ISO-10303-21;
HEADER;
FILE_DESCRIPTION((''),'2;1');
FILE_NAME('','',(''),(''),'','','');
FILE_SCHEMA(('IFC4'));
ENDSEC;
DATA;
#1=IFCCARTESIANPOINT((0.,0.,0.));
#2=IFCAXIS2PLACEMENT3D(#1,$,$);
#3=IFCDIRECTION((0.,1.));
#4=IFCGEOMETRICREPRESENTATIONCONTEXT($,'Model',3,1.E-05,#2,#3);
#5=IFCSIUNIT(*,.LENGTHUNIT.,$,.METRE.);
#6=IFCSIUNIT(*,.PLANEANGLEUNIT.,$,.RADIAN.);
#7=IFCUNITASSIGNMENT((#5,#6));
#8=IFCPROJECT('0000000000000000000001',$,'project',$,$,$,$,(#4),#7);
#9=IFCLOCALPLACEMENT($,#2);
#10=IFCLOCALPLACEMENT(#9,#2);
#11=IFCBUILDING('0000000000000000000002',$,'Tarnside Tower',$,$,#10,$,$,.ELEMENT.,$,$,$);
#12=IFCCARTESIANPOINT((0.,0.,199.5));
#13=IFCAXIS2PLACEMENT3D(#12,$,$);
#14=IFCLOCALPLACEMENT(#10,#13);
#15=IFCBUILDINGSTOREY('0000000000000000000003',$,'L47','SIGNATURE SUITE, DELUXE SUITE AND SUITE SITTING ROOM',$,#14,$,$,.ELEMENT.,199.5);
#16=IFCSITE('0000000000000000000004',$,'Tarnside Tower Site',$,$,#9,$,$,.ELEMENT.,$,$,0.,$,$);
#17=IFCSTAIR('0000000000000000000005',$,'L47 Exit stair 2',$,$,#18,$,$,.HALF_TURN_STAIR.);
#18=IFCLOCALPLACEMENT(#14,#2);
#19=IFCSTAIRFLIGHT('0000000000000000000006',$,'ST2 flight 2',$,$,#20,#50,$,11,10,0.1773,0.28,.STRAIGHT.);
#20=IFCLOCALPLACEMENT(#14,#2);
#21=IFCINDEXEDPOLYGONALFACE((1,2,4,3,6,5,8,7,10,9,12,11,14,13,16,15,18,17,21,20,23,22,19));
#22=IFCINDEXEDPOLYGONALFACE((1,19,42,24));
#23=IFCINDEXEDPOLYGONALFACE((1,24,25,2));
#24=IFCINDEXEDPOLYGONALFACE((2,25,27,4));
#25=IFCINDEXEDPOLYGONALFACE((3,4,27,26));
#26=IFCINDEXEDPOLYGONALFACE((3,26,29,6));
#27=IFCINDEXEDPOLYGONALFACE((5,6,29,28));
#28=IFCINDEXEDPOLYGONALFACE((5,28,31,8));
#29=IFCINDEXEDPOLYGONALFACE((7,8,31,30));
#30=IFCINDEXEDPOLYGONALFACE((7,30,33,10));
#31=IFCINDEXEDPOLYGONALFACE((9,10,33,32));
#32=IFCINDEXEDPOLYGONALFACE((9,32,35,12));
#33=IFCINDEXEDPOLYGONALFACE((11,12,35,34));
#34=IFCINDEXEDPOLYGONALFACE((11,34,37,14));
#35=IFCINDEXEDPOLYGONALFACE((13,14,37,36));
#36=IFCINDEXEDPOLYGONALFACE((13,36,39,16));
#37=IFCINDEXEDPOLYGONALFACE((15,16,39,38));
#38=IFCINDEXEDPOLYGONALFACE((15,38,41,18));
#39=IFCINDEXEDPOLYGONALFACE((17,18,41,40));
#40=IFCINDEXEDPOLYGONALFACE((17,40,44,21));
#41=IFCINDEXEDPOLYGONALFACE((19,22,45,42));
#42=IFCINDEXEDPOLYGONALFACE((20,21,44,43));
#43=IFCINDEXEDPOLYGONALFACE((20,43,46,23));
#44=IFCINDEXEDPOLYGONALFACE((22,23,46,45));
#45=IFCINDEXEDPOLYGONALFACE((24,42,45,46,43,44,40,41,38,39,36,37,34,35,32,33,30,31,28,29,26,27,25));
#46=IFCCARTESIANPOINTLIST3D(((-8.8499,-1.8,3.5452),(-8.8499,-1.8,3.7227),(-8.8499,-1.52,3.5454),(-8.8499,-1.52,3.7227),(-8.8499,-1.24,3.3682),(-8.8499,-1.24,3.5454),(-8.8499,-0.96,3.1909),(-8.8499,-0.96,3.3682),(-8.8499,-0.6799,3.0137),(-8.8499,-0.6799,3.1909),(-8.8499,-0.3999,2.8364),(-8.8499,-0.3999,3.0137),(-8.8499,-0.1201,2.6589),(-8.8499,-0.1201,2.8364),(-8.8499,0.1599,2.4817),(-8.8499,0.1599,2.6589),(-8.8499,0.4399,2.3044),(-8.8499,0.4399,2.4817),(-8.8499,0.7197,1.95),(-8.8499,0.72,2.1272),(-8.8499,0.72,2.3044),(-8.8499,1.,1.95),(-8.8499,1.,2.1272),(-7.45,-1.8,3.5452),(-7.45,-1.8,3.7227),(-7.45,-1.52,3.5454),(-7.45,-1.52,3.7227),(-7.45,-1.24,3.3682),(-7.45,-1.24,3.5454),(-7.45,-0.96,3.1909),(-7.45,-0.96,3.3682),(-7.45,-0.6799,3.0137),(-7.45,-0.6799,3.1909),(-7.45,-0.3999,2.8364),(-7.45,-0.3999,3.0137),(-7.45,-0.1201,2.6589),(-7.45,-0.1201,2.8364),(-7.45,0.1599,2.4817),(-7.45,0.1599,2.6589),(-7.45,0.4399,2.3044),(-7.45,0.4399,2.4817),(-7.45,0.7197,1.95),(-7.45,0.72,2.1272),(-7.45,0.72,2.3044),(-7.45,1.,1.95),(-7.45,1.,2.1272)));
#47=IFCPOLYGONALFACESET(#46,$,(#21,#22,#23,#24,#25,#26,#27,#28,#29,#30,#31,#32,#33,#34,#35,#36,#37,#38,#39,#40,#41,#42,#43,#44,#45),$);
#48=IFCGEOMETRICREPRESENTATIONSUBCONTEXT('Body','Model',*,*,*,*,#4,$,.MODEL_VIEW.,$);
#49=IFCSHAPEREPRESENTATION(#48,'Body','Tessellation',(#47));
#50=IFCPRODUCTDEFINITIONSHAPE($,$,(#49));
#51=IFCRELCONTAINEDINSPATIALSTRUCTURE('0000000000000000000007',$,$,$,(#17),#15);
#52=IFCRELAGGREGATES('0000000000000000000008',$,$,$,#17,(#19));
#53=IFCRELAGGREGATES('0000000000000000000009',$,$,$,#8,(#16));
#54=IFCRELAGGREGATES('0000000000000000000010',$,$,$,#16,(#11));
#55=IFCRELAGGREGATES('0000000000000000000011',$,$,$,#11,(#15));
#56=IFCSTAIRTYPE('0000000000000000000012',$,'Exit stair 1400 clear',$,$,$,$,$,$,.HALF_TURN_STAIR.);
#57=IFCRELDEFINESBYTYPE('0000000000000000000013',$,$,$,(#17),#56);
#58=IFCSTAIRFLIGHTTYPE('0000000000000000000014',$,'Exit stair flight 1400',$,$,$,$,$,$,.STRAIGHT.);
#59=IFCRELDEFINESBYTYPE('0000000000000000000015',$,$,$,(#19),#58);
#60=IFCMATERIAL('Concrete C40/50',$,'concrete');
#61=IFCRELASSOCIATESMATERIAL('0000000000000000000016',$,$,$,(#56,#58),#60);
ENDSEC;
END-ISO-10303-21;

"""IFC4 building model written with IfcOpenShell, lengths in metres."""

from ifc_helpers import new_model, si_unit, direction, frame, origin, place, context, subcontext, project, spatial, polyline, outline, extrude, material, type_object, element, aggregate, save


model = new_model("IFC4")

# Units and contexts
model_context = context("Model", 3, precision=1e-05, world=origin(), true_north=direction((0.0, 1.0)))
body_context = subcontext(model_context, "Body", "Model", "MODEL_VIEW")
ifc_project = project(units=[si_unit("LENGTHUNIT", "METRE"), si_unit("PLANEANGLEUNIT", "RADIAN")], contexts=[model_context])

# Site, building, storey
site_placement = place(None, origin())
site = spatial("IfcSite", under=ifc_project, at=site_placement, Name="Tarnside Tower Site", CompositionType="ELEMENT", RefElevation=0.0)
building_placement = place(site_placement, origin())
building = spatial("IfcBuilding", under=site, at=building_placement, Name="Tarnside Tower", CompositionType="ELEMENT")
storey_placement = place(building_placement, frame((0.0, 0.0, 199.5)))
storey = spatial("IfcBuildingStorey", under=building, at=storey_placement, Name="L47", Description="SIGNATURE SUITE, DELUXE SUITE AND SUITE SITTING ROOM", CompositionType="ELEMENT", Elevation=199.5)

# Shared definitions
ifc_material_1 = material(Name="Concrete C40/50", Category="concrete")

# Stair
stair_type = type_object("IfcStairType", Name="Exit stair 1400 clear", PredefinedType="HALF_TURN_STAIR", material=ifc_material_1)
stair_1_placement = place(storey_placement, origin())
stair_1 = element("IfcStair", 1, at=stair_1_placement, inside=storey, type_object=stair_type, Name="L47 Exit stair 2", PredefinedType="HALF_TURN_STAIR")

# Stair flight
stair_flight_type = type_object("IfcStairFlightType", Name="Exit stair flight 1400", PredefinedType="STRAIGHT", material=ifc_material_1)
stair_flight_placement = place(storey_placement, frame((-8.1499, 1.0, 1.95), z_axis=(0.0, 0.0, 1.0), x_axis=(0.0, -1.0, 0.0)))
stair_flight = element("IfcStairFlight", 2, at=stair_flight_placement, type_object=stair_flight_type, Name="ST2 flight 2", NumberOfRisers=11, NumberOfTreads=10, PredefinedType="STRAIGHT", RiserHeight=0.1773, TreadLength=0.28, context=body_context, shape_type="SweptSolid", body=[
    extrude(outline(polyline([(0.0, 0.0), (0.0, 0.1772), (0.28, 0.1772), (0.28, 0.3545), (0.5601, 0.3545), (0.5601, 0.5317), (0.8401, 0.5317), (0.8401, 0.709), (1.1201, 0.709), (1.1201, 0.8865), (1.3999, 0.8865), (1.3999, 1.0637), (1.6799, 1.0637), (1.6799, 1.241), (1.96, 1.241), (1.96, 1.4182), (2.24, 1.4182), (2.24, 1.5955), (2.52, 1.5955), (2.52, 1.7727), (2.8, 1.7727), (2.8, 1.95), (2.8, 1.5952), (0.2803, 0.0), (0.0, 0.0)])), frame((0.0, 0.7, 0.0), z_axis=(0.0, -1.0, 0.0), x_axis=(1.0, 0.0, 0.0)), (0.0, 0.0, 1.0), 1.3999),
])
aggregate(stair_1, [stair_flight])

save(model, "model.ifc")
